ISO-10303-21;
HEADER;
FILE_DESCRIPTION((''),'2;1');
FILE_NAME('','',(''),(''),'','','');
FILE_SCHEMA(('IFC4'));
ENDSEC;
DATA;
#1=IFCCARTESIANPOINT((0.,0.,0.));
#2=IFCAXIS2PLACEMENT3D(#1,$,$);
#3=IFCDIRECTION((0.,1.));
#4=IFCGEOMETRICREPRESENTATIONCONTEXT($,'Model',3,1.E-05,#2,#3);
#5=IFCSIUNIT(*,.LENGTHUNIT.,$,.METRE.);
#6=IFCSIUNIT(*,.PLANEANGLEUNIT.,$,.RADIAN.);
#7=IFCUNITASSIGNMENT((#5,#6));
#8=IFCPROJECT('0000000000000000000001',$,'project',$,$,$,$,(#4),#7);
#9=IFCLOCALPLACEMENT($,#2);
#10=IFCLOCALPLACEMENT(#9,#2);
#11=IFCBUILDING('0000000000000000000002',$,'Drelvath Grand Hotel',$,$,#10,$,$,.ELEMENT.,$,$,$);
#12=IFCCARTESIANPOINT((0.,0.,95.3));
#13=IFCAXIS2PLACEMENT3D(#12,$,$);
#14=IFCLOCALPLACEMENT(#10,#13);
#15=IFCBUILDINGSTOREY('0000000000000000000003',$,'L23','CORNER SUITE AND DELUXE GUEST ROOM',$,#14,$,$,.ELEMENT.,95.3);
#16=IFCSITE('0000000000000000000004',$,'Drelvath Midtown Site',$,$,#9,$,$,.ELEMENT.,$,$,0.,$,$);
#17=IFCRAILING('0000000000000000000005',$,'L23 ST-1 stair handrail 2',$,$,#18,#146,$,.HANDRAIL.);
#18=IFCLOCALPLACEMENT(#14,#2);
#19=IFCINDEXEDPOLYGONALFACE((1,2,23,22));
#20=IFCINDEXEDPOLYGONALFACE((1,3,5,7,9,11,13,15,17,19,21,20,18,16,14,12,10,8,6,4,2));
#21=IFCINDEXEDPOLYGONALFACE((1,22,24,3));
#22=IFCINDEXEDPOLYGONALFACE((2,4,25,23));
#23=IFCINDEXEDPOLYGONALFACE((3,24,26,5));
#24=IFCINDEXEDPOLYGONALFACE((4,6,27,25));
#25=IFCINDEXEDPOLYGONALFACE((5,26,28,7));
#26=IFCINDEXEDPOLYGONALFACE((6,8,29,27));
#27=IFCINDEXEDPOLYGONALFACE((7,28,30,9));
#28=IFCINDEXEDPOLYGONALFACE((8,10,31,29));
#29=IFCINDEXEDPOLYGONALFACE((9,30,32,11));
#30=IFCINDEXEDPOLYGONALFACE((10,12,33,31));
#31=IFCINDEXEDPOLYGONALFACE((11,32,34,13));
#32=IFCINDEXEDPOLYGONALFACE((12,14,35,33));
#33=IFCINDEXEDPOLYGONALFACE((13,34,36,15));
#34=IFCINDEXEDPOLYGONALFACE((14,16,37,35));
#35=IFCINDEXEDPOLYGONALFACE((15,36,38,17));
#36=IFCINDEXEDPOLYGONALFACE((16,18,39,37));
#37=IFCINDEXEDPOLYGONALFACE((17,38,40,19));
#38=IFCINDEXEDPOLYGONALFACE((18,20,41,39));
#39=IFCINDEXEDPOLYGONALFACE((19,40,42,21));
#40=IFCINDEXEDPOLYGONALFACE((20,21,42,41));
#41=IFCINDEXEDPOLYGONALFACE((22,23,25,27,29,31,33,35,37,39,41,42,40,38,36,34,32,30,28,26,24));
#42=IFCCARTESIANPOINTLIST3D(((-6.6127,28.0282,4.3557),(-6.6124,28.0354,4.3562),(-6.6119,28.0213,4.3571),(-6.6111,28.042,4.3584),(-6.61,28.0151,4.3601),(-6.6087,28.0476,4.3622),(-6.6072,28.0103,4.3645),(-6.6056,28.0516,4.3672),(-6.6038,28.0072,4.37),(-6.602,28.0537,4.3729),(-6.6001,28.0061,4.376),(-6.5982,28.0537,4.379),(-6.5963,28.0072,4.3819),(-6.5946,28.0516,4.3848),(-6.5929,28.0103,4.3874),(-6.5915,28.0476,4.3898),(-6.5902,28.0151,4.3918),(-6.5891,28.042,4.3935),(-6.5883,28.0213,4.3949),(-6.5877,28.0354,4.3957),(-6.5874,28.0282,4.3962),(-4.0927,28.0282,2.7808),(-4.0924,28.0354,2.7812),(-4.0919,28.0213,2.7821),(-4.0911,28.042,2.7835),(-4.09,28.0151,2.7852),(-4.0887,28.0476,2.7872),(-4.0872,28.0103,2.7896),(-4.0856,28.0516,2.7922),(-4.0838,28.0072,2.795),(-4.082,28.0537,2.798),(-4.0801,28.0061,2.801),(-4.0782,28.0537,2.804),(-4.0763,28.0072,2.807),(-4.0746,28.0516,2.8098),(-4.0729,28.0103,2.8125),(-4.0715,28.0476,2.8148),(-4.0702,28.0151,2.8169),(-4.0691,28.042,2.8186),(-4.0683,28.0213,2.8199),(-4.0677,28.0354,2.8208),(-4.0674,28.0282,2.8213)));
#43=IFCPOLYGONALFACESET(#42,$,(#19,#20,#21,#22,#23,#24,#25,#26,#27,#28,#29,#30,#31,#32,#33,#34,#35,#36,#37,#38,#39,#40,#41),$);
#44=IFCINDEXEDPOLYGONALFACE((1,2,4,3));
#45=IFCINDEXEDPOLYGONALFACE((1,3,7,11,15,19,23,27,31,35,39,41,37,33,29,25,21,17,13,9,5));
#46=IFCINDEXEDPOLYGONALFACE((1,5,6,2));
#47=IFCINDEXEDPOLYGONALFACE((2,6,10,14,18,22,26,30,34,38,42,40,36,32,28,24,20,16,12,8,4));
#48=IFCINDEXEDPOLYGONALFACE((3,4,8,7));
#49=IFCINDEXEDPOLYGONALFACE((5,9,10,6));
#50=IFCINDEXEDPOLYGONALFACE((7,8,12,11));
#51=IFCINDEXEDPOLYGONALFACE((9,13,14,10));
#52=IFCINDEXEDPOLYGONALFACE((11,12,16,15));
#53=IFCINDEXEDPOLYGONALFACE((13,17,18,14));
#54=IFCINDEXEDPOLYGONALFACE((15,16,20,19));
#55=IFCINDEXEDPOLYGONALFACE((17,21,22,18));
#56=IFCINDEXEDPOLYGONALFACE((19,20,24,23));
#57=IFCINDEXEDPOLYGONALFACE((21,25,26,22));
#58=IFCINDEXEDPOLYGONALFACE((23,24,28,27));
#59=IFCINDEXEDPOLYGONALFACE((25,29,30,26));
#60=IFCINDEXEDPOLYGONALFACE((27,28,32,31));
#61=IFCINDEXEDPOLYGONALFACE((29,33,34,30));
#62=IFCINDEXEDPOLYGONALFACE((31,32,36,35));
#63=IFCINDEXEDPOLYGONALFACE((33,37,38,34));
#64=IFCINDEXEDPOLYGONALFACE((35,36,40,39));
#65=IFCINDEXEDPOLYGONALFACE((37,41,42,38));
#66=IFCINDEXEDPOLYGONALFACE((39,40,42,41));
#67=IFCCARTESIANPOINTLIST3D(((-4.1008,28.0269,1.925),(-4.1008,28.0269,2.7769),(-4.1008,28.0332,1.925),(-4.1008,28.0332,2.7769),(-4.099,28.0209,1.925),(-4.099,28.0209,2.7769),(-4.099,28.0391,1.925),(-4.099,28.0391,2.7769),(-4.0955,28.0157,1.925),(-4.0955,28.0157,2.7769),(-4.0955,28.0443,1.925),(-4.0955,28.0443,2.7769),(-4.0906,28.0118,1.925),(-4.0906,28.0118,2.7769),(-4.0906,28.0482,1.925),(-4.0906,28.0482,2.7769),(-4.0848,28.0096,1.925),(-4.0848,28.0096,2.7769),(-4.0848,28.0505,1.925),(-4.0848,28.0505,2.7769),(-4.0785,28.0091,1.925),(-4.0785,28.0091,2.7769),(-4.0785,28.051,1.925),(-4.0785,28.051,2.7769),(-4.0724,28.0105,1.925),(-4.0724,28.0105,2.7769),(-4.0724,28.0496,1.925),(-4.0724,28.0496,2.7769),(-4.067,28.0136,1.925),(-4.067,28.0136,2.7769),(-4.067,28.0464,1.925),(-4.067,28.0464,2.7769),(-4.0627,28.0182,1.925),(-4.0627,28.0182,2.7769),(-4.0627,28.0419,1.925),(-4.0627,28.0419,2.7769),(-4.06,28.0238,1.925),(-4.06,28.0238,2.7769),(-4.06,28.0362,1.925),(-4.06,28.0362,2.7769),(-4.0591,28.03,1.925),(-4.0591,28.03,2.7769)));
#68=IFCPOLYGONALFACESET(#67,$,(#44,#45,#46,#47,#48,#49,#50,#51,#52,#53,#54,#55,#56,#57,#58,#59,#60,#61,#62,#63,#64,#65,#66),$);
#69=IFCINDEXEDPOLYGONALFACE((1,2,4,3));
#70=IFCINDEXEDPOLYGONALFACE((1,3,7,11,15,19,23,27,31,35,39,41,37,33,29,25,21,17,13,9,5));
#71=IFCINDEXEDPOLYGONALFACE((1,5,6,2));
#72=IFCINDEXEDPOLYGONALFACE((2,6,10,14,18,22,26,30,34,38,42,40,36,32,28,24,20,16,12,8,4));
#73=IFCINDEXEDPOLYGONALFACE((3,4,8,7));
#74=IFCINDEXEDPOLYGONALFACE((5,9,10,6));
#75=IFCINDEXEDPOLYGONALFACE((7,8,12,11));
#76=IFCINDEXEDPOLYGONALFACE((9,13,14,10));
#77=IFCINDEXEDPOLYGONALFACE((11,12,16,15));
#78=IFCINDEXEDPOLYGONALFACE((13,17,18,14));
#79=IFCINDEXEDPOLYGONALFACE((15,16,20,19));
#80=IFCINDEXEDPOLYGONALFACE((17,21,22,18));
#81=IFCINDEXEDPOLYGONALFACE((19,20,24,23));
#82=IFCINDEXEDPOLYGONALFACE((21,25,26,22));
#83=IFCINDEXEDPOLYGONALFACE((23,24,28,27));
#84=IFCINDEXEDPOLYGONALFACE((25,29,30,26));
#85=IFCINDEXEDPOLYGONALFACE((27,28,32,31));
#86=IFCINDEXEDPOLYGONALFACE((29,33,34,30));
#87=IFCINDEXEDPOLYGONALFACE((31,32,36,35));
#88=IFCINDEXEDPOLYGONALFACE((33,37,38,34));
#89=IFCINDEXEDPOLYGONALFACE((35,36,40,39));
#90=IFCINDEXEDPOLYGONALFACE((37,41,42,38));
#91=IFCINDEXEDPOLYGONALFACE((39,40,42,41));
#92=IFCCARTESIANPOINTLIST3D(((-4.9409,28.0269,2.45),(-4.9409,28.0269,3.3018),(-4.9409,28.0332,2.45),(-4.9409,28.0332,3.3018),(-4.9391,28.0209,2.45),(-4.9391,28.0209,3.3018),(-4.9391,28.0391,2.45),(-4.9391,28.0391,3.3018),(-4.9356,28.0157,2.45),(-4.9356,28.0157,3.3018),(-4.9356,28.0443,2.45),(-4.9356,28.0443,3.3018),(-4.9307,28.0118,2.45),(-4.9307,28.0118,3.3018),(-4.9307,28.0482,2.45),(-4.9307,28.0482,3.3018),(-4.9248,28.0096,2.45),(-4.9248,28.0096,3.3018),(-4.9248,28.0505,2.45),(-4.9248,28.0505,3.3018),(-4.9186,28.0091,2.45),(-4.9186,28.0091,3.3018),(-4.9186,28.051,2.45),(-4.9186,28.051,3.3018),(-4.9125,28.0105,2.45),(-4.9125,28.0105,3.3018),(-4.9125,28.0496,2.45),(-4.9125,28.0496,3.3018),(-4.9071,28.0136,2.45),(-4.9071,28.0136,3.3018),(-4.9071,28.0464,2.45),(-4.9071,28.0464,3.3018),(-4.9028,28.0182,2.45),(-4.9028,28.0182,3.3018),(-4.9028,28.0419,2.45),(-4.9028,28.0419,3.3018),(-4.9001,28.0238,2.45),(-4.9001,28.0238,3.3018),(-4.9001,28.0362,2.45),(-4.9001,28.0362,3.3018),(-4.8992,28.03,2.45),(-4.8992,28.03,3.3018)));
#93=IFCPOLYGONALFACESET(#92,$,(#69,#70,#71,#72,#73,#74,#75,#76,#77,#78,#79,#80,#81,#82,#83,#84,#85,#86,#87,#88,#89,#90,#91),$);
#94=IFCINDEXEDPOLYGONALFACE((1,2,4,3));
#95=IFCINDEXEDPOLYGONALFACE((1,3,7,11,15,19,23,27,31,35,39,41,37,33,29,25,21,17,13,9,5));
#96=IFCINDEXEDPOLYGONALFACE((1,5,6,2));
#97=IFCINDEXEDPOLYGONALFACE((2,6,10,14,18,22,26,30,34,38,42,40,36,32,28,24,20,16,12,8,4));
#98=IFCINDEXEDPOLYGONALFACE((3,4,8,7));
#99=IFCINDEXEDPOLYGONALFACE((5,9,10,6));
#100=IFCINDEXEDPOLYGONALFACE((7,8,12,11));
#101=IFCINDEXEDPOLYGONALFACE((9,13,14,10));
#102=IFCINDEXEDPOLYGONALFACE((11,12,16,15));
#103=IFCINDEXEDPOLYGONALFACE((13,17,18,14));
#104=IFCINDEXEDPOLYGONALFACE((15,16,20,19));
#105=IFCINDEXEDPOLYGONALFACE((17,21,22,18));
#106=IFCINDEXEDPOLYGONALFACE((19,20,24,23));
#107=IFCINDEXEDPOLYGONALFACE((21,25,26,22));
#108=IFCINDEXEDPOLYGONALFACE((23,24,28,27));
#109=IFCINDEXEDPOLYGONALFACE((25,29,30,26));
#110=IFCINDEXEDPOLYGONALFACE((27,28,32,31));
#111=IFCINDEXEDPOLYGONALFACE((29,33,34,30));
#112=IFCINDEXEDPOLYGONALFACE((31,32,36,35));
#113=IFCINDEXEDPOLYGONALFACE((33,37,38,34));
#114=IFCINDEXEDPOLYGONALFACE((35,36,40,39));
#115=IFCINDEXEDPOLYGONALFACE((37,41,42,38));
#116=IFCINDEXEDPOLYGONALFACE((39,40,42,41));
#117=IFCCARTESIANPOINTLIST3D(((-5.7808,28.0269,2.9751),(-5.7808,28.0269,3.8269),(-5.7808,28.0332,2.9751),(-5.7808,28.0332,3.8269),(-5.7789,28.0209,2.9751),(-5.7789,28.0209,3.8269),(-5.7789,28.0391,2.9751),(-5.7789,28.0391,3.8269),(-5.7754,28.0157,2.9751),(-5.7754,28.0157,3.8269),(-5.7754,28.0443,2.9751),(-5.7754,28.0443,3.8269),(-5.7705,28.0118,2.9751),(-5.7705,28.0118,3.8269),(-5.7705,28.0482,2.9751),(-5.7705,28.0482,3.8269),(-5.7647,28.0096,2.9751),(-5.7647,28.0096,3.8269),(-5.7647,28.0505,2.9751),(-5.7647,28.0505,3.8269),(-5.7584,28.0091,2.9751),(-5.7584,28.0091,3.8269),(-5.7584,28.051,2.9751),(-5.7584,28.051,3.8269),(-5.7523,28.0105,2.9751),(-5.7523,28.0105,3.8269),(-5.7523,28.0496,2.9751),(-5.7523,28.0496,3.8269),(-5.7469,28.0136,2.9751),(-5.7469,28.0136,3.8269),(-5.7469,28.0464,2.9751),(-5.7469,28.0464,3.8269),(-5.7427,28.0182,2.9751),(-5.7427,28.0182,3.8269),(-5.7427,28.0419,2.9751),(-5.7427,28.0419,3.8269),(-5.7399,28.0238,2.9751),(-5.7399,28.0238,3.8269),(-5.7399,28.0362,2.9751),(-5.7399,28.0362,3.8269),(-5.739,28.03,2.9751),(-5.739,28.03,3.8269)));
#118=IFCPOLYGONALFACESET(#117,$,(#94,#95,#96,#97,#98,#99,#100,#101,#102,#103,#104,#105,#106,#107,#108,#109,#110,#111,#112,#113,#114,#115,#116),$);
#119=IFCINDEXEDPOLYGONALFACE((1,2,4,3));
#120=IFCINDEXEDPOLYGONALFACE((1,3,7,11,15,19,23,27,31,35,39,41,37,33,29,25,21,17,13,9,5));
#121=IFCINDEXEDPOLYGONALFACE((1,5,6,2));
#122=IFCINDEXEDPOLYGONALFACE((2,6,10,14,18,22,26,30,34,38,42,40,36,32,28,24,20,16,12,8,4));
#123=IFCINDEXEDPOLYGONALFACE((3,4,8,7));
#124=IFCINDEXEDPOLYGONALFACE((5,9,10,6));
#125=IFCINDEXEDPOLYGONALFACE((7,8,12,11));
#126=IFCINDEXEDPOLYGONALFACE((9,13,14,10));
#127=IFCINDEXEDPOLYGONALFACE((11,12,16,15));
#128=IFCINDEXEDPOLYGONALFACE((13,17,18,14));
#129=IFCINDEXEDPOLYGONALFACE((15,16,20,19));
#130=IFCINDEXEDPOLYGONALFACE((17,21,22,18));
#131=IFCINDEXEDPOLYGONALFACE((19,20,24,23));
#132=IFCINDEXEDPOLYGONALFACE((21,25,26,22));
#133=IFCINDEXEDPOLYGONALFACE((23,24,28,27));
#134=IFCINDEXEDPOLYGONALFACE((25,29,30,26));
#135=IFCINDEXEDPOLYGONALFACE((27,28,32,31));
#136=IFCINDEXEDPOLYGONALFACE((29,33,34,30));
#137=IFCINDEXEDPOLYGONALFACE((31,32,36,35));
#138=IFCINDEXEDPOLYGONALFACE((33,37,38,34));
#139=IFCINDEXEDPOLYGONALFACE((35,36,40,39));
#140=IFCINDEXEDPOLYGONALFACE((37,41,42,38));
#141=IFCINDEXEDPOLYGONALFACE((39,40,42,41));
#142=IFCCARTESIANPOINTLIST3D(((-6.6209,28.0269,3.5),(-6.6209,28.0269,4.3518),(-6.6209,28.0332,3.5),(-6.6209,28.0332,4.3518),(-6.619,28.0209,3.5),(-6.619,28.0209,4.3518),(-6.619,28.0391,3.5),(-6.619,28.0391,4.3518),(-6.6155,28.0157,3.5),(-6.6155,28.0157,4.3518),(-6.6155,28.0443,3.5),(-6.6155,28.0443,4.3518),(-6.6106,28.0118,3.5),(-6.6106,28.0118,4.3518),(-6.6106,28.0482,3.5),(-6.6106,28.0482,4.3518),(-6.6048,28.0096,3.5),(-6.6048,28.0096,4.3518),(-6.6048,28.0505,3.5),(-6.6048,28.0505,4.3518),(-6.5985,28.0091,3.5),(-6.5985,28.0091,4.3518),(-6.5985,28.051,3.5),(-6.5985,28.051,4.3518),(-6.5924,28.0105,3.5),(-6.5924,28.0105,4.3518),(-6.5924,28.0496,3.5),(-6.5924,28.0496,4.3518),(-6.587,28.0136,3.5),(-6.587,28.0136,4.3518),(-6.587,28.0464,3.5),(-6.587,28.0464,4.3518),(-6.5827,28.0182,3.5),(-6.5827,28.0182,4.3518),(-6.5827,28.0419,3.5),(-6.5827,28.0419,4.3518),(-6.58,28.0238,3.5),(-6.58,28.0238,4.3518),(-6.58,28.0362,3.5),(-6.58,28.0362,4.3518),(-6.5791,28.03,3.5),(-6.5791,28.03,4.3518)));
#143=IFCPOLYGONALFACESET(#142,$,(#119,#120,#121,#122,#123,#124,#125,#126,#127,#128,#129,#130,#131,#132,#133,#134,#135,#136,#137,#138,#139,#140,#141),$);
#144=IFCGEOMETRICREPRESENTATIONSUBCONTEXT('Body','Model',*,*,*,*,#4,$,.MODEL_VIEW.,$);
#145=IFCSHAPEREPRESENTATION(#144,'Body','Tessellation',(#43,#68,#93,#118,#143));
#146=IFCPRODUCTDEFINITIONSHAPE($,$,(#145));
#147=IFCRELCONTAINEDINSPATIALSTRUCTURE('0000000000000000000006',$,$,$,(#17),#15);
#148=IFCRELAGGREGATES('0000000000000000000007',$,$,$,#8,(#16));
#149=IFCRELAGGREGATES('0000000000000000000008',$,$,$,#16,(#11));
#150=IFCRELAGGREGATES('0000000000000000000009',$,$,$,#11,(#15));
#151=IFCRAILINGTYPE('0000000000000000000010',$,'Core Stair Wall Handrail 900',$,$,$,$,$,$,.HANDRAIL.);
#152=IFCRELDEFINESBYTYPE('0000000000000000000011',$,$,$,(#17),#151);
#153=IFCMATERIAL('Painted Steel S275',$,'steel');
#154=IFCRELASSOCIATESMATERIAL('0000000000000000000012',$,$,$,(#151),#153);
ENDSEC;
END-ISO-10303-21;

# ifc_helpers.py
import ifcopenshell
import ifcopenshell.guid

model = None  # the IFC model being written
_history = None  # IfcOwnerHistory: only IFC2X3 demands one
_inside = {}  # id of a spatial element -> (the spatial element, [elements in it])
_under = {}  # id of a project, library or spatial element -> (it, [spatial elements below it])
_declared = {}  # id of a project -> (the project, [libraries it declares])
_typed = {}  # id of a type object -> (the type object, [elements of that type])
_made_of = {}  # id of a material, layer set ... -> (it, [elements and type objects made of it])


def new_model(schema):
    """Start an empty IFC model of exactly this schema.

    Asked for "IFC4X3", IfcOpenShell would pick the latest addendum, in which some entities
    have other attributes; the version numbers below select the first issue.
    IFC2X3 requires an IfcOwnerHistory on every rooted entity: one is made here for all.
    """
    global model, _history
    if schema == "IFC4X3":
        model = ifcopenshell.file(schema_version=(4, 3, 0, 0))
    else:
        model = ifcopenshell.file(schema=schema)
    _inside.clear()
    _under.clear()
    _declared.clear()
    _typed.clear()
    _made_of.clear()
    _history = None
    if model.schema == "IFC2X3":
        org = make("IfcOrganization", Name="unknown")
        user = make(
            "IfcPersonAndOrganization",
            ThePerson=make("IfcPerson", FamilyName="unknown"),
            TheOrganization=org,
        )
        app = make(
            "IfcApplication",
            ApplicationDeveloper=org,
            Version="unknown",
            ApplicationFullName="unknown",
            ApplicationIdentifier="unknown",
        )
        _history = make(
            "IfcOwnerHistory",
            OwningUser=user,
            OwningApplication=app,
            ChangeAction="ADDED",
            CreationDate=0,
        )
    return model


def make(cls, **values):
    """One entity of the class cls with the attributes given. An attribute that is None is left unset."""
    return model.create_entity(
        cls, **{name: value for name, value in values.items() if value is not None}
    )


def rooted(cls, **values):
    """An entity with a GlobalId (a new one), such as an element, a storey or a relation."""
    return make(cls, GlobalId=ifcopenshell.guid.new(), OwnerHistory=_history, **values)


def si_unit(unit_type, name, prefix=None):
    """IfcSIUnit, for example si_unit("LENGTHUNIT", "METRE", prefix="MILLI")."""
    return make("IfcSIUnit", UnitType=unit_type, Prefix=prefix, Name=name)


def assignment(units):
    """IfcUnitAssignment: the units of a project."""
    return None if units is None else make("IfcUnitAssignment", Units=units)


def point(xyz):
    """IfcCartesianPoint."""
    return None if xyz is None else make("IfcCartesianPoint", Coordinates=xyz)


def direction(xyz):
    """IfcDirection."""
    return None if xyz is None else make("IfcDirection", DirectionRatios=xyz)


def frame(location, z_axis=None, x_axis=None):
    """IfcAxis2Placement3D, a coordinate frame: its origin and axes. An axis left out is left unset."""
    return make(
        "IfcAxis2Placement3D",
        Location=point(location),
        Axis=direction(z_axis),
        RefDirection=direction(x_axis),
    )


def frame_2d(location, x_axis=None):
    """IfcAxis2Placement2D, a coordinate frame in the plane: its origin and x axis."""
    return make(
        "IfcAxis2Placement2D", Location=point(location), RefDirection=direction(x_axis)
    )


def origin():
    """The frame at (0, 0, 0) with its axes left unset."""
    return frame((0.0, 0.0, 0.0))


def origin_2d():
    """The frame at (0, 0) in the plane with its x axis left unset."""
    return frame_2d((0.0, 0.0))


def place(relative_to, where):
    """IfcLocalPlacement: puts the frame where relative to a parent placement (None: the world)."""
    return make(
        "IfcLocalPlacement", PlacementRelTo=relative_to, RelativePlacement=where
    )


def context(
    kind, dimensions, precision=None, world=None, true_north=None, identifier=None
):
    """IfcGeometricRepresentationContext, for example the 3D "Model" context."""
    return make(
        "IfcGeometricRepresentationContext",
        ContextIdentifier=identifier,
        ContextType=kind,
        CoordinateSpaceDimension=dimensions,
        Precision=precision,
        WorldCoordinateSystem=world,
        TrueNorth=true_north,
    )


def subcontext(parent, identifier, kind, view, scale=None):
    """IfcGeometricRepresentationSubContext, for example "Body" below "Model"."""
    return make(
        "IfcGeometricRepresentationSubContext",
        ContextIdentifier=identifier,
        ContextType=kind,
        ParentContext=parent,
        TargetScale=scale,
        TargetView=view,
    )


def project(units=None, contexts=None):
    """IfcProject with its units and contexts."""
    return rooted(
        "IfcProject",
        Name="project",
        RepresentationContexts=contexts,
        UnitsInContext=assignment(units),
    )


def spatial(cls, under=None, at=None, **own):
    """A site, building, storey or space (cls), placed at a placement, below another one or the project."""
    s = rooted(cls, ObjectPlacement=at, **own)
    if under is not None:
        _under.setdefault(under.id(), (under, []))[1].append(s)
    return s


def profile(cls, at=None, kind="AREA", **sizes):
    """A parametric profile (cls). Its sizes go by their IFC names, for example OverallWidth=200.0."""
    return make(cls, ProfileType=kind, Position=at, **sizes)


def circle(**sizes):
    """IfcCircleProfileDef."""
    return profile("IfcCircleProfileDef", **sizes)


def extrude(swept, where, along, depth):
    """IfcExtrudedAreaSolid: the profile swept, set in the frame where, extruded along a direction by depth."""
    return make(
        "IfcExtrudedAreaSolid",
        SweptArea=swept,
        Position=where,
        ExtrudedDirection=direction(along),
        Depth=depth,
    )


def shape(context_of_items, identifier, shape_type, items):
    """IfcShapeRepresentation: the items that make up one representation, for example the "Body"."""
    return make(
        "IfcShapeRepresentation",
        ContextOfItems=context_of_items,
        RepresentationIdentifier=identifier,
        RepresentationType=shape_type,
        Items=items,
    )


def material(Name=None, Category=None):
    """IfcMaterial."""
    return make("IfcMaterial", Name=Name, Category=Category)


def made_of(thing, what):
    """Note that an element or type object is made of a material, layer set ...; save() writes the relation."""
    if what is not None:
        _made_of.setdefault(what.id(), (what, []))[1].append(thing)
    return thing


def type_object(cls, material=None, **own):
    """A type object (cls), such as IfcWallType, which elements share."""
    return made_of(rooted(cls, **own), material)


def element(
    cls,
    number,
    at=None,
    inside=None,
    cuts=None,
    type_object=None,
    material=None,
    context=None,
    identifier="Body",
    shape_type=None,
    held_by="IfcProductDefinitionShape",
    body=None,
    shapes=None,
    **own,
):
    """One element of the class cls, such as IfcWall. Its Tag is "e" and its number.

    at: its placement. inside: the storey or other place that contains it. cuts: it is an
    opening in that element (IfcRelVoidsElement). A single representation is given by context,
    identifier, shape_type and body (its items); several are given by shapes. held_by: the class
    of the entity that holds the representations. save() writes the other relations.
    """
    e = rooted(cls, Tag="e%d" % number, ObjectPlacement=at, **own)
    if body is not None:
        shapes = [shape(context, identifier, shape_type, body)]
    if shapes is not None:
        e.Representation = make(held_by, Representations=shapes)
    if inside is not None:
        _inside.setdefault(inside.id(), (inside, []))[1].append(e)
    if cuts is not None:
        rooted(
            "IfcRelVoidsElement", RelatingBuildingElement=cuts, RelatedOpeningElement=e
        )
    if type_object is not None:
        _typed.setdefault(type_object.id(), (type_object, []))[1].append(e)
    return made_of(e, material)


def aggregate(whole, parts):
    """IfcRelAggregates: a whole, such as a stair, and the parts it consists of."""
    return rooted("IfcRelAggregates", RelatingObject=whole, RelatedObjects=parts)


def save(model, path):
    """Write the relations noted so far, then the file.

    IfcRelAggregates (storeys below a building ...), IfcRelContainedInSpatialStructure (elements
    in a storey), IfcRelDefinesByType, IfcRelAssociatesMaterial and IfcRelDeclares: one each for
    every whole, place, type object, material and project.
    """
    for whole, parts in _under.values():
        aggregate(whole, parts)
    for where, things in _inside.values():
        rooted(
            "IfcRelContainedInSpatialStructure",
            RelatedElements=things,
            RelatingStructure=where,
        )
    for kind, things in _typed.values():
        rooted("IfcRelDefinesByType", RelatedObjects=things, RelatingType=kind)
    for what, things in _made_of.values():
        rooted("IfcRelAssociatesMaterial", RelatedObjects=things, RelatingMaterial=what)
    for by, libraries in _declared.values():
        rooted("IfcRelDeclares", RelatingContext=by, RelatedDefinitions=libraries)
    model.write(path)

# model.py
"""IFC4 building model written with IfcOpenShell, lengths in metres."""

from ifc_helpers import new_model, si_unit, direction, frame, origin, origin_2d, place, context, subcontext, project, spatial, circle, extrude, material, type_object, element, save


model = new_model("IFC4")

# Units and contexts
model_context = context("Model", 3, precision=1e-05, world=origin(), true_north=direction((0.0, 1.0)))
body_context = subcontext(model_context, "Body", "Model", "MODEL_VIEW")
ifc_project = project(units=[si_unit("LENGTHUNIT", "METRE"), si_unit("PLANEANGLEUNIT", "RADIAN")], contexts=[model_context])

# Site, building, storey
site_placement = place(None, origin())
site = spatial("IfcSite", under=ifc_project, at=site_placement, Name="Drelvath Midtown Site", CompositionType="ELEMENT", RefElevation=0.0)
building_placement = place(site_placement, origin())
building = spatial("IfcBuilding", under=site, at=building_placement, Name="Drelvath Grand Hotel", CompositionType="ELEMENT")
storey_placement = place(building_placement, frame((0.0, 0.0, 95.3)))
storey = spatial("IfcBuildingStorey", under=building, at=storey_placement, Name="L23", Description="CORNER SUITE AND DELUXE GUEST ROOM", CompositionType="ELEMENT", Elevation=95.3)

# Shared definitions
ifc_material_1 = material(Name="Painted Steel S275", Category="steel")

# Railing
railing_type = type_object("IfcRailingType", Name="Core Stair Wall Handrail 900", PredefinedType="HANDRAIL", material=ifc_material_1)
railing_placement = place(storey_placement, frame((-4.0801, 28.03, 1.925)))
element("IfcRailing", 1, at=railing_placement, inside=storey, type_object=railing_type, Name="L23 ST-1 stair handrail 2", PredefinedType="HANDRAIL", context=body_context, shape_type="SweptSolid", body=[
    extrude(circle(Radius=0.0239, at=origin_2d()), frame((0.0, 0.0, 0.876), z_axis=(-0.848008, 0.0, 0.529984), x_axis=(0.0, -1.0, 0.0)), (0.0, 0.0, 1.0), 2.9717),
    extrude(circle(Radius=0.021, at=origin_2d()), origin(), (0.0, 0.0, 1.0), 0.8518),
    extrude(circle(Radius=0.021, at=origin_2d()), frame((-0.8401, 0.0, 0.5249)), (0.0, 0.0, 1.0), 0.8518),
    extrude(circle(Radius=0.021, at=origin_2d()), frame((-1.6799, 0.0, 1.05)), (0.0, 0.0, 1.0), 0.8518),
    extrude(circle(Radius=0.021, at=origin_2d()), frame((-2.52, 0.0, 1.575)), (0.0, 0.0, 1.0), 0.8518),
])

save(model, "model.ifc")
